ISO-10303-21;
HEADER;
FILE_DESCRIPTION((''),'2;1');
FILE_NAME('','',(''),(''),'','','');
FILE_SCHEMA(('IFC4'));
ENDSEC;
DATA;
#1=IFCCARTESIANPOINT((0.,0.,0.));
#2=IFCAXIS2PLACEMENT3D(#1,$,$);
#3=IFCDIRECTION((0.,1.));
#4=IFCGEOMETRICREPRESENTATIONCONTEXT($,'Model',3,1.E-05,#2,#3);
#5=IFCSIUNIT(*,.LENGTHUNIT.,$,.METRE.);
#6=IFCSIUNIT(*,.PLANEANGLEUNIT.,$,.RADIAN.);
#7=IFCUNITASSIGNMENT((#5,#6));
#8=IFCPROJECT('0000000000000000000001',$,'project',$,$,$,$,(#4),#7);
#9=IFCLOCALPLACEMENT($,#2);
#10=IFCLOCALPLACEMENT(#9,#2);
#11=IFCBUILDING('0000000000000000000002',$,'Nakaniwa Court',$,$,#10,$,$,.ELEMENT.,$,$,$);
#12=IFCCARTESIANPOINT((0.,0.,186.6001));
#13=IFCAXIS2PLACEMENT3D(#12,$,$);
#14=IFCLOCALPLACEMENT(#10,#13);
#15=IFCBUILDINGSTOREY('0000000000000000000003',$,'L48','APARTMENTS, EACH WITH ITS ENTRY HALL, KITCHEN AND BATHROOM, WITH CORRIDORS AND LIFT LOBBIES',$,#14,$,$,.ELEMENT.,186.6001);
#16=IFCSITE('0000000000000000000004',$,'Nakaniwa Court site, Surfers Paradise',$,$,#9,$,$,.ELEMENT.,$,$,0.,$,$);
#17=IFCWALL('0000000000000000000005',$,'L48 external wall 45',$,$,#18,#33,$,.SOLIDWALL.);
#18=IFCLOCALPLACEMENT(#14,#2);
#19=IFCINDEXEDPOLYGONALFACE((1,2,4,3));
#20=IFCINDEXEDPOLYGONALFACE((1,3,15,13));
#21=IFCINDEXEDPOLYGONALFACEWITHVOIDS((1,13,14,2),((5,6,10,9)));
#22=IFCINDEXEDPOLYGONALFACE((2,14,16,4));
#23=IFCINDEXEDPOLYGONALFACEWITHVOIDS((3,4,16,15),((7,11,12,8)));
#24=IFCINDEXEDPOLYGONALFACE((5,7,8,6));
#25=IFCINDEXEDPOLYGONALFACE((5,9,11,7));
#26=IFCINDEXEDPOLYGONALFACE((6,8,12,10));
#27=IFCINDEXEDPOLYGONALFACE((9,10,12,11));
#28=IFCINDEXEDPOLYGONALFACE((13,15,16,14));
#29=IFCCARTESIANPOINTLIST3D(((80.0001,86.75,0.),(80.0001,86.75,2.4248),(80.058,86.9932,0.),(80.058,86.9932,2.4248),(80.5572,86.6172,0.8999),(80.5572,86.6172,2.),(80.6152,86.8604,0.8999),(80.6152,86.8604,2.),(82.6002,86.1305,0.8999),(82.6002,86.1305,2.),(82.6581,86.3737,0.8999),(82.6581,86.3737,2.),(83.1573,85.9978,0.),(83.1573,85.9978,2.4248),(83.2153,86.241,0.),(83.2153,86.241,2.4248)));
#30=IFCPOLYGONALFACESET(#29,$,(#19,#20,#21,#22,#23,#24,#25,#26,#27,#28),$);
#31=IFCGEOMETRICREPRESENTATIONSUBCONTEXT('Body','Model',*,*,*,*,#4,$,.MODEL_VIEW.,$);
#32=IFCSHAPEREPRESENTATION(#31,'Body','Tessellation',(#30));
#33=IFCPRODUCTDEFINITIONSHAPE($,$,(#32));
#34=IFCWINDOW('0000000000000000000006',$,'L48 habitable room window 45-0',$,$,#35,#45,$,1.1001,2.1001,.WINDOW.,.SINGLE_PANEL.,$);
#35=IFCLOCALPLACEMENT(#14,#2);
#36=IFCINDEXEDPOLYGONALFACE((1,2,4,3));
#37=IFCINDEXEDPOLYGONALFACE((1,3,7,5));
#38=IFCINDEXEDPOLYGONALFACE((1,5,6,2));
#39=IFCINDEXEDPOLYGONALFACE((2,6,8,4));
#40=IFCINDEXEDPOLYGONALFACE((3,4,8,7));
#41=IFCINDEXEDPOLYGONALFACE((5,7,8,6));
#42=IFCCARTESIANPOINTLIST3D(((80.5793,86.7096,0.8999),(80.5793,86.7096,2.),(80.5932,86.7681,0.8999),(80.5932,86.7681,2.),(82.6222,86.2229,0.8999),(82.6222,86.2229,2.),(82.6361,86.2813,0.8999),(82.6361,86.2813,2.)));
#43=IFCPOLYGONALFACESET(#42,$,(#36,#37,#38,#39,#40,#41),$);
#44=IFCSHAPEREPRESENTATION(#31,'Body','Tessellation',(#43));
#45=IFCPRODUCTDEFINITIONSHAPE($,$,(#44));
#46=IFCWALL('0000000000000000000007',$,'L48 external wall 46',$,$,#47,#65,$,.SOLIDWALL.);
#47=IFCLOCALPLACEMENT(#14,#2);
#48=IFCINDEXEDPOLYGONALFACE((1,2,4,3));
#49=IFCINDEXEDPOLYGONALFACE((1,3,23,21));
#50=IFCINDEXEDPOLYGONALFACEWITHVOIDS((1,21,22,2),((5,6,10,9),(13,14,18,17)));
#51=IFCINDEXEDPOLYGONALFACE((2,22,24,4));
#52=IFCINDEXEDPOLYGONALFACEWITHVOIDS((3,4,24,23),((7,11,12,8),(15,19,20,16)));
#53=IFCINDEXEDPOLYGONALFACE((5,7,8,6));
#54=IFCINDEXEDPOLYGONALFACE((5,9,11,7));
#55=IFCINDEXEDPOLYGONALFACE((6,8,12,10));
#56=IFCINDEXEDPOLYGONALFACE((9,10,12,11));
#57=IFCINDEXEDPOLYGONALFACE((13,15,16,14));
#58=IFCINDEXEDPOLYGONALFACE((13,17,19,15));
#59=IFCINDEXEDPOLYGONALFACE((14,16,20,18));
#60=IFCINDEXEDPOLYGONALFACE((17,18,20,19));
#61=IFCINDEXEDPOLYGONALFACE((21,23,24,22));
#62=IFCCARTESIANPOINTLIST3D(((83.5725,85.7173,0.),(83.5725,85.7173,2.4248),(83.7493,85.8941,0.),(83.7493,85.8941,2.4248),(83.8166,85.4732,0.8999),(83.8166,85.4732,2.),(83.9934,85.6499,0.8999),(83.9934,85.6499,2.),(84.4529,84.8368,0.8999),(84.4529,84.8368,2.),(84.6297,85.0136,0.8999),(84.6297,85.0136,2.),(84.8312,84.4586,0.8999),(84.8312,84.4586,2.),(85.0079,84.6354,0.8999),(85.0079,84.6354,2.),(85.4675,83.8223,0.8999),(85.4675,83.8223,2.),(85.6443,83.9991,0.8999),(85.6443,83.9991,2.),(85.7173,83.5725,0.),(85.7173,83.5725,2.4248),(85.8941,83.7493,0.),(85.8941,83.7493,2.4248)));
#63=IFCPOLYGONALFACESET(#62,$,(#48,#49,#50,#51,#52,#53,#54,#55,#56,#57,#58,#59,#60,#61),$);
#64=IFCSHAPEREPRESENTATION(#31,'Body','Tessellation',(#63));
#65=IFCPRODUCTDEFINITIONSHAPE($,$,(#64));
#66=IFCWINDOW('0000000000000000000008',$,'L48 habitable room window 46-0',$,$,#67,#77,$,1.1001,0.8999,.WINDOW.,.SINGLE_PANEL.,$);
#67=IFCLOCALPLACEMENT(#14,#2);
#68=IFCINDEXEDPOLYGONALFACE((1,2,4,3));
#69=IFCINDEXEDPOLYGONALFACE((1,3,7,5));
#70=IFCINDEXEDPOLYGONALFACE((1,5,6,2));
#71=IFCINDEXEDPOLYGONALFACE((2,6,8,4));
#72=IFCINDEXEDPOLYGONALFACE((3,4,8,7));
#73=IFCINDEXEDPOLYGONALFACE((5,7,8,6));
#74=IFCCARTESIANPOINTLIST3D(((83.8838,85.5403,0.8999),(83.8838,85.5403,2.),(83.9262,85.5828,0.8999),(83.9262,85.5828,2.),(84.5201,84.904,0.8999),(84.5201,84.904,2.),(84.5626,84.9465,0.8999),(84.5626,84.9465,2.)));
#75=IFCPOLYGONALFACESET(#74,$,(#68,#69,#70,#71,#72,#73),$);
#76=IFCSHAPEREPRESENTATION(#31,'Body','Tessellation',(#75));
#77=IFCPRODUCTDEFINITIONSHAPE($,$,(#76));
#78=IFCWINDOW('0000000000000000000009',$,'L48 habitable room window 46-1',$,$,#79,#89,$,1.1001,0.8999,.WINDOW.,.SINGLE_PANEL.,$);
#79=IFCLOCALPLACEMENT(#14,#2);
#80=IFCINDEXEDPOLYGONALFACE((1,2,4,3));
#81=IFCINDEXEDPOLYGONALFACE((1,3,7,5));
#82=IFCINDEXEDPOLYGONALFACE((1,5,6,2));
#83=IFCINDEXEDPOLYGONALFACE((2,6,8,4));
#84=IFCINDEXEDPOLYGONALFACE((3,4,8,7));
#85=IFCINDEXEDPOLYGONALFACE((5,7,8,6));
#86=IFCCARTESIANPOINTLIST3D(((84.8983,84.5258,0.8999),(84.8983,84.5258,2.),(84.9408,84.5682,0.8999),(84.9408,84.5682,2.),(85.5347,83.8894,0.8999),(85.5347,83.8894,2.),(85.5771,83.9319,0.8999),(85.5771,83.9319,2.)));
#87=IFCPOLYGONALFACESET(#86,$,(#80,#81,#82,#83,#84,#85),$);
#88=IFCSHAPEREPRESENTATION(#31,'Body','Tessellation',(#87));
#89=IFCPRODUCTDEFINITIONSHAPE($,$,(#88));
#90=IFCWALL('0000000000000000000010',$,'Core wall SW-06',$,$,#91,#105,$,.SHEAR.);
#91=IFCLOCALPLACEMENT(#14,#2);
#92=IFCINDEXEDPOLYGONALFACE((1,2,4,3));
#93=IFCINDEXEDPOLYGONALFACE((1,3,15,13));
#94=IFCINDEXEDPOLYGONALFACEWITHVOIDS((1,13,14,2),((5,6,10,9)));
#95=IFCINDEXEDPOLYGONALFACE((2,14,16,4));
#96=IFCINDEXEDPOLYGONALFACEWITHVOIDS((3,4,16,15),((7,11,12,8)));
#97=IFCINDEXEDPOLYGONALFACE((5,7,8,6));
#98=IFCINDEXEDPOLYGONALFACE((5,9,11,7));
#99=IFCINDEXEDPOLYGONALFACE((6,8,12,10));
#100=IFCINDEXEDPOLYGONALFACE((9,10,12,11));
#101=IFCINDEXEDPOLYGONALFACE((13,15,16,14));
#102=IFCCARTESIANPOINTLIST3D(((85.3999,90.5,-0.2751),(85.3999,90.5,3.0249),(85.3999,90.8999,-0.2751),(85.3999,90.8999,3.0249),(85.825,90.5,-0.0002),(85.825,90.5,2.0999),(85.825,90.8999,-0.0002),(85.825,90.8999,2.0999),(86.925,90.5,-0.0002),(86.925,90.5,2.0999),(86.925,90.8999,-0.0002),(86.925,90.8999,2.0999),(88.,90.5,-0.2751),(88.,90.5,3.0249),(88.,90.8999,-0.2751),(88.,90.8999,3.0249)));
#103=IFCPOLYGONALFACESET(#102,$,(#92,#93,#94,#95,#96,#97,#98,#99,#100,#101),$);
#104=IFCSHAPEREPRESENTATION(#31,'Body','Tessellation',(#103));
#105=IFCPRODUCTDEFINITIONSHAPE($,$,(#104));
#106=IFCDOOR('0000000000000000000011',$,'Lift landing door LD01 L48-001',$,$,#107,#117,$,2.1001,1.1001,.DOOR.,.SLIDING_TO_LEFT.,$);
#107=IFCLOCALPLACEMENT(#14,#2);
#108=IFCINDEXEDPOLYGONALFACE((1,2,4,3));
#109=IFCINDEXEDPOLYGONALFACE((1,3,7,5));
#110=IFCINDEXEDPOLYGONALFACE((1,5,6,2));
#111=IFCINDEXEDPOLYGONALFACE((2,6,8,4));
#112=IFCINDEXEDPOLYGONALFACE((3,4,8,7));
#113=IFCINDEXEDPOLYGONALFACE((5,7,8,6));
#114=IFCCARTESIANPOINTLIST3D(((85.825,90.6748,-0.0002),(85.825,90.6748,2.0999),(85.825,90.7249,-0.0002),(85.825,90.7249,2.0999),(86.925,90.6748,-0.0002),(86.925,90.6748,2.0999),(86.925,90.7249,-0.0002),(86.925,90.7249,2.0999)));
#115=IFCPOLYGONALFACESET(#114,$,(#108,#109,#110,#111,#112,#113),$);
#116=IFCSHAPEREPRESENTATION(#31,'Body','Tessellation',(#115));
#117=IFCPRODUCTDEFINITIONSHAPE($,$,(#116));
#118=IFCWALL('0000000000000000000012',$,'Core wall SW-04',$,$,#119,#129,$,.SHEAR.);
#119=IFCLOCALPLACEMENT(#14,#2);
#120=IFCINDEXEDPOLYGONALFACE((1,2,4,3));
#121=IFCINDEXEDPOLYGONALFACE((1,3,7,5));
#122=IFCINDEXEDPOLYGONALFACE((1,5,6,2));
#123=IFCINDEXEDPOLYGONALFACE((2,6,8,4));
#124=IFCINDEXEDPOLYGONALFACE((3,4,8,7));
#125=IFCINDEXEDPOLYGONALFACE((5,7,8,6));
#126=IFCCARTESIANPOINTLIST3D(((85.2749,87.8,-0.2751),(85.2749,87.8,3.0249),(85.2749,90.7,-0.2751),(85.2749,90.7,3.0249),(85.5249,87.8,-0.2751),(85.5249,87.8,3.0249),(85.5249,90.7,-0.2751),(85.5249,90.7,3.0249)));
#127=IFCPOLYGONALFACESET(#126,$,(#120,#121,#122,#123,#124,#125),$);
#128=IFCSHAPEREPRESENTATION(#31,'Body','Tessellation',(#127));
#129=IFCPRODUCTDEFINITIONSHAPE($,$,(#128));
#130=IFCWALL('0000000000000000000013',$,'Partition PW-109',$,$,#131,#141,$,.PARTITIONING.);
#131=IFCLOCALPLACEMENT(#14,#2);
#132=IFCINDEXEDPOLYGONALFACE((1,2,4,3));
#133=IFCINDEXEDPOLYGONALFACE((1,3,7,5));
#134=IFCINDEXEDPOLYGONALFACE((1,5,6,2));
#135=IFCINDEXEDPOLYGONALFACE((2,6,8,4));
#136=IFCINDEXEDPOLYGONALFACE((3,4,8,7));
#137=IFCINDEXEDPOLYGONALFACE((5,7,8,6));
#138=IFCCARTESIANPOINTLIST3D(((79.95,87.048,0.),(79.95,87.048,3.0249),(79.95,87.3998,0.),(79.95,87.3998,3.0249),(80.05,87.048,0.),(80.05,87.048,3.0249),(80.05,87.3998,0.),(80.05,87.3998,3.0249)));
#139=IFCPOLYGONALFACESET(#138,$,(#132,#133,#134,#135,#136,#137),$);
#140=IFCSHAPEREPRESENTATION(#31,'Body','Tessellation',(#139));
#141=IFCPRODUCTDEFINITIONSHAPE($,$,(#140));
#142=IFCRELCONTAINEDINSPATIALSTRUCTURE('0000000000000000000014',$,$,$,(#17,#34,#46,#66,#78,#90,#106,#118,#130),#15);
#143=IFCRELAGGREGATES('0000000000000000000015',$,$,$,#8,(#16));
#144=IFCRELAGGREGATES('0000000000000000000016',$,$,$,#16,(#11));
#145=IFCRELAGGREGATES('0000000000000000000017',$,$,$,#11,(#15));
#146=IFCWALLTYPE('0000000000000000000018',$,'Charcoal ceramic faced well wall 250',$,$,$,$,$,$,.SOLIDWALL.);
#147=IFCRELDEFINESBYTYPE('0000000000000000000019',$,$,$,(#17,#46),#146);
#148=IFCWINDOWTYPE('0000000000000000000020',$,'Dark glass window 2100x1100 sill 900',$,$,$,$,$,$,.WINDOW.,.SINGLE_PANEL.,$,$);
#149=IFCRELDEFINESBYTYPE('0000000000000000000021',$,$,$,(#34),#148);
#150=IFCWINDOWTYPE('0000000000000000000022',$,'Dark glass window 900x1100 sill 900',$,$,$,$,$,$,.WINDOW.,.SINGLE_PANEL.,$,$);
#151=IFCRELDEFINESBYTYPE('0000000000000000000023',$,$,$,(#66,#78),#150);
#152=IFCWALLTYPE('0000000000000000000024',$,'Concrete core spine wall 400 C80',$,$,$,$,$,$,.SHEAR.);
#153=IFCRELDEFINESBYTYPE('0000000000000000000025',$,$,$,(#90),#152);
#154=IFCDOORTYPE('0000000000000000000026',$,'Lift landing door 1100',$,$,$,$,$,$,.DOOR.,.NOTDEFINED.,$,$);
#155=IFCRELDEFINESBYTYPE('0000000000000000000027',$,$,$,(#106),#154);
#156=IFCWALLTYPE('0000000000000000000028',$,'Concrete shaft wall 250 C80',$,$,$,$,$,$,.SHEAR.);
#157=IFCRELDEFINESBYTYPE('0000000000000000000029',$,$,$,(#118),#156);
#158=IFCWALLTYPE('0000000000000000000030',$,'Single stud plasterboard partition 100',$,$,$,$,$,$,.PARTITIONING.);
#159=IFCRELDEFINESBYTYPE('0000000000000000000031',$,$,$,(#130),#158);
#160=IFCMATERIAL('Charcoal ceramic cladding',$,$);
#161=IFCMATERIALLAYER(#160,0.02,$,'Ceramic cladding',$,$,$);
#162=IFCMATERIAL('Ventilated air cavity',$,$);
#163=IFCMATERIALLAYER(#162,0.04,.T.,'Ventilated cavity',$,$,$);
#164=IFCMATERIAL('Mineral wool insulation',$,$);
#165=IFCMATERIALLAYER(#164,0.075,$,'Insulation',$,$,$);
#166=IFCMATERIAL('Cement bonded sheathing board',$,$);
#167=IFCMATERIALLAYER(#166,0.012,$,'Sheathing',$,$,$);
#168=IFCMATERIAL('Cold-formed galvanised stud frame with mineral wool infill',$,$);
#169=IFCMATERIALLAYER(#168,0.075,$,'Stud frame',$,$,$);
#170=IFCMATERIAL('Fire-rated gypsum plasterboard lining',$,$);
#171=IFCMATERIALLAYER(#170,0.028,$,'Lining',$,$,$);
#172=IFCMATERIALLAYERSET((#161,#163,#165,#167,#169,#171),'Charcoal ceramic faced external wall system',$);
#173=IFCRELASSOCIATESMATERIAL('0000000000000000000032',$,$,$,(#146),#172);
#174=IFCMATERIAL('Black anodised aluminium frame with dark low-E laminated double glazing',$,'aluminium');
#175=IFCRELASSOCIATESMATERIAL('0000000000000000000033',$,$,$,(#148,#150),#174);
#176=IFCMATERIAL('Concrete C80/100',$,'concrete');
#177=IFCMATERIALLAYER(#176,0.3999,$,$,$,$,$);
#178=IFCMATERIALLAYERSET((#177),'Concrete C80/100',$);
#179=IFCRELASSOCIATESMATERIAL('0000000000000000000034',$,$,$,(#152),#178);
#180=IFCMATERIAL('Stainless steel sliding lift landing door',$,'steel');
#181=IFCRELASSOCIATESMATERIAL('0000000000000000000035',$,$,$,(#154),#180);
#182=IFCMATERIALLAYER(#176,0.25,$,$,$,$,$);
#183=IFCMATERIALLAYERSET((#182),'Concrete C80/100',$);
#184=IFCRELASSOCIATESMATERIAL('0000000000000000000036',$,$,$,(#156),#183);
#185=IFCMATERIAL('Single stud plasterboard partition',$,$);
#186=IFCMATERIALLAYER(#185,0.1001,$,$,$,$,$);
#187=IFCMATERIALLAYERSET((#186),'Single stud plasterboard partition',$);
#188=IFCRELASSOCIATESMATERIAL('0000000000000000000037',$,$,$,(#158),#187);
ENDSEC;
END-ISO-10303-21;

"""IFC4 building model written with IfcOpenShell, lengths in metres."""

from ifc_helpers import new_model, si_unit, direction, frame, frame_2d, origin, place, context, subcontext, project, spatial, rectangle, extrude, material, layer, layer_set, type_object, element, fill, save


model = new_model("IFC4")

# Units and contexts
model_context = context("Model", 3, precision=1e-05, world=origin(), true_north=direction((0.0, 1.0)))
body_context = subcontext(model_context, "Body", "Model", "MODEL_VIEW")
ifc_project = project(units=[si_unit("LENGTHUNIT", "METRE"), si_unit("PLANEANGLEUNIT", "RADIAN")], contexts=[model_context])

# Site, building, storey
site_placement = place(None, origin())
site = spatial("IfcSite", under=ifc_project, at=site_placement, Name="Nakaniwa Court site, Surfers Paradise", CompositionType="ELEMENT", RefElevation=0.0)
building_placement = place(site_placement, origin())
building = spatial("IfcBuilding", under=site, at=building_placement, Name="Nakaniwa Court", CompositionType="ELEMENT")
storey_placement = place(building_placement, frame((0.0, 0.0, 186.6001)))
storey = spatial("IfcBuildingStorey", under=building, at=storey_placement, Name="L48", Description="APARTMENTS, EACH WITH ITS ENTRY HALL, KITCHEN AND BATHROOM, WITH CORRIDORS AND LIFT LOBBIES", CompositionType="ELEMENT", Elevation=186.6001)

# Shared definitions
ifc_material_1 = material(Name="Concrete C80/100", Category="concrete")

# Wall, opening, window
ifc_material_2 = material(Name="Charcoal ceramic cladding")
ifc_layer_1 = layer(ifc_material_2, 0.02, Name="Ceramic cladding")
ifc_material_3 = material(Name="Ventilated air cavity")
ifc_layer_2 = layer(ifc_material_3, 0.04, ventilated=True, Name="Ventilated cavity")
ifc_material_4 = material(Name="Mineral wool insulation")
ifc_layer_3 = layer(ifc_material_4, 0.075, Name="Insulation")
ifc_material_5 = material(Name="Cement bonded sheathing board")
ifc_layer_4 = layer(ifc_material_5, 0.012, Name="Sheathing")
ifc_material_6 = material(Name="Cold-formed galvanised stud frame with mineral wool infill")
ifc_layer_5 = layer(ifc_material_6, 0.075, Name="Stud frame")
ifc_material_7 = material(Name="Fire-rated gypsum plasterboard lining")
ifc_layer_6 = layer(ifc_material_7, 0.028, Name="Lining")
ifc_layer_set_1 = layer_set([ifc_layer_1, ifc_layer_2, ifc_layer_3, ifc_layer_4, ifc_layer_5, ifc_layer_6], Name="Charcoal ceramic faced external wall system")
wall_type_1 = type_object("IfcWallType", Name="Charcoal ceramic faced well wall 250", PredefinedType="SOLIDWALL", material=ifc_layer_set_1)
wall_1_placement = place(storey_placement, frame((80.0291, 86.8716, 0.0), z_axis=(0.0, 0.0, 1.0), x_axis=(0.972773, -0.23176, 0.0)))
wall_1 = element("IfcWall", 1, at=wall_1_placement, inside=storey, type_object=wall_type_1, Name="L48 external wall 45", PredefinedType="SOLIDWALL", context=body_context, shape_type="SweptSolid", body=[
    extrude(rectangle(XDim=3.2456, YDim=0.25, at=frame_2d((1.6228, 0.0))), origin(), (0.0, 0.0, 1.0), 2.4248),
])
opening_1_placement = place(wall_1_placement, frame((0.5728, 0.0, 0.8999)))
opening_1 = element("IfcOpeningElement", 2, at=opening_1_placement, cuts=wall_1, PredefinedType="OPENING", context=body_context, shape_type="SweptSolid", body=[
    extrude(rectangle(XDim=2.1001, YDim=1.1001, at=frame_2d((1.05, 0.55))), frame((0.0, 0.135, 0.0), z_axis=(0.0, -1.0, 0.0), x_axis=(1.0, 0.0, 0.0)), (0.0, 0.0, 1.0), 0.27),
])
ifc_material_8 = material(Name="Black anodised aluminium frame with dark low-E laminated double glazing", Category="aluminium")
window_type_1 = type_object("IfcWindowType", Name="Dark glass window 2100x1100 sill 900", PartitioningType="SINGLE_PANEL", PredefinedType="WINDOW", material=ifc_material_8)
window_1_placement = place(opening_1_placement, origin())
window_1 = element("IfcWindow", 3, at=window_1_placement, inside=storey, type_object=window_type_1, Name="L48 habitable room window 45-0", OverallHeight=1.1001, OverallWidth=2.1001, PartitioningType="SINGLE_PANEL", PredefinedType="WINDOW", context=body_context, shape_type="SweptSolid", body=[
    extrude(rectangle(XDim=2.1001, YDim=1.1001, at=frame_2d((1.05, 0.55))), frame((0.0, 0.03, 0.0), z_axis=(0.0, -1.0, 0.0), x_axis=(1.0, 0.0, 0.0)), (0.0, 0.0, 1.0), 0.0601),
])
fill(opening_1, window_1)

# Wall, openings, windows
wall_2_placement = place(storey_placement, frame((83.6609, 85.8057, 0.0), z_axis=(0.0, 0.0, 1.0), x_axis=(0.707107, -0.707107, 0.0)))
wall_2 = element("IfcWall", 4, at=wall_2_placement, inside=storey, type_object=wall_type_1, Name="L48 external wall 46", PredefinedType="SOLIDWALL", context=body_context, shape_type="SweptSolid", body=[
    extrude(rectangle(XDim=3.0332, YDim=0.25, at=frame_2d((1.5166, 0.0))), origin(), (0.0, 0.0, 1.0), 2.4248),
])
opening_2_placement = place(wall_2_placement, frame((0.3452, 0.0, 0.8999)))
opening_2 = element("IfcOpeningElement", 5, at=opening_2_placement, cuts=wall_2, PredefinedType="OPENING", context=body_context, shape_type="SweptSolid", body=[
    extrude(rectangle(XDim=0.8999, YDim=1.1001, at=frame_2d((0.45, 0.55))), frame((0.0, 0.135, 0.0), z_axis=(0.0, -1.0, 0.0), x_axis=(1.0, 0.0, 0.0)), (0.0, 0.0, 1.0), 0.27),
])
opening_3_placement = place(wall_2_placement, frame((1.78, 0.0, 0.8999)))
opening_3 = element("IfcOpeningElement", 6, at=opening_3_placement, cuts=wall_2, PredefinedType="OPENING", context=body_context, shape_type="SweptSolid", body=[
    extrude(rectangle(XDim=0.8999, YDim=1.1001, at=frame_2d((0.45, 0.55))), frame((0.0, 0.135, 0.0), z_axis=(0.0, -1.0, 0.0), x_axis=(1.0, 0.0, 0.0)), (0.0, 0.0, 1.0), 0.27),
])
window_type_2 = type_object("IfcWindowType", Name="Dark glass window 900x1100 sill 900", PartitioningType="SINGLE_PANEL", PredefinedType="WINDOW", material=ifc_material_8)
window_2_placement = place(opening_2_placement, origin())
window_2 = element("IfcWindow", 7, at=window_2_placement, inside=storey, type_object=window_type_2, Name="L48 habitable room window 46-0", OverallHeight=1.1001, OverallWidth=0.8999, PartitioningType="SINGLE_PANEL", PredefinedType="WINDOW", context=body_context, shape_type="SweptSolid", body=[
    extrude(rectangle(XDim=0.8999, YDim=1.1001, at=frame_2d((0.45, 0.55))), frame((0.0, 0.03, 0.0), z_axis=(0.0, -1.0, 0.0), x_axis=(1.0, 0.0, 0.0)), (0.0, 0.0, 1.0), 0.0601),
])
fill(opening_2, window_2)
window_3_placement = place(opening_3_placement, origin())
window_3 = element("IfcWindow", 8, at=window_3_placement, inside=storey, type_object=window_type_2, Name="L48 habitable room window 46-1", OverallHeight=1.1001, OverallWidth=0.8999, PartitioningType="SINGLE_PANEL", PredefinedType="WINDOW", context=body_context, shape_type="SweptSolid", body=[
    extrude(rectangle(XDim=0.8999, YDim=1.1001, at=frame_2d((0.45, 0.55))), frame((0.0, 0.03, 0.0), z_axis=(0.0, -1.0, 0.0), x_axis=(1.0, 0.0, 0.0)), (0.0, 0.0, 1.0), 0.0601),
])
fill(opening_3, window_3)

# Wall, opening, door
ifc_layer_7 = layer(ifc_material_1, 0.3999)
ifc_layer_set_2 = layer_set([ifc_layer_7], Name="Concrete C80/100")
wall_type_2 = type_object("IfcWallType", Name="Concrete core spine wall 400 C80", PredefinedType="SHEAR", material=ifc_layer_set_2)
wall_3_placement = place(storey_placement, frame((85.3999, 90.7, -0.2751), z_axis=(0.0, 0.0, 1.0), x_axis=(1.0, 0.0, 0.0)))
wall_3 = element("IfcWall", 9, at=wall_3_placement, inside=storey, type_object=wall_type_2, Name="Core wall SW-06", PredefinedType="SHEAR", context=body_context, shape_type="SweptSolid", body=[
    extrude(rectangle(XDim=2.6001, YDim=0.3999, at=frame_2d((1.3, 0.0))), origin(), (0.0, 0.0, 1.0), 3.3),
])
opening_4_placement = place(wall_3_placement, frame((0.425, 0.0, 0.2749)))
opening_4 = element("IfcOpeningElement", 10, at=opening_4_placement, cuts=wall_3, PredefinedType="OPENING", context=body_context, shape_type="SweptSolid", body=[
    extrude(rectangle(XDim=1.1001, YDim=2.1001, at=frame_2d((0.55, 1.05))), frame((0.0, 0.21, 0.0), z_axis=(0.0, -1.0, 0.0), x_axis=(1.0, 0.0, 0.0)), (0.0, 0.0, 1.0), 0.4199),
])
ifc_material_9 = material(Name="Stainless steel sliding lift landing door", Category="steel")
door_type_1 = type_object("IfcDoorType", Name="Lift landing door 1100", OperationType="NOTDEFINED", PredefinedType="DOOR", material=ifc_material_9)
door_1_placement = place(opening_4_placement, origin())
door_1 = element("IfcDoor", 11, at=door_1_placement, inside=storey, type_object=door_type_1, Name="Lift landing door LD01 L48-001", OperationType="SLIDING_TO_LEFT", OverallHeight=2.1001, OverallWidth=1.1001, PredefinedType="DOOR", context=body_context, shape_type="SweptSolid", body=[
    extrude(rectangle(XDim=1.1001, YDim=2.1001, at=frame_2d((0.55, 1.05))), frame((0.0, 0.0249, 0.0), z_axis=(0.0, -1.0, 0.0), x_axis=(1.0, 0.0, 0.0)), (0.0, 0.0, 1.0), 0.05),
])
fill(opening_4, door_1)

# Walls
ifc_layer_8 = layer(ifc_material_1, 0.25)
ifc_layer_set_3 = layer_set([ifc_layer_8], Name="Concrete C80/100")
wall_type_3 = type_object("IfcWallType", Name="Concrete shaft wall 250 C80", PredefinedType="SHEAR", material=ifc_layer_set_3)
wall_4_placement = place(storey_placement, frame((85.3999, 87.8, -0.2751), z_axis=(0.0, 0.0, 1.0), x_axis=(0.0, 1.0, 0.0)))
element("IfcWall", 12, at=wall_4_placement, inside=storey, type_object=wall_type_3, Name="Core wall SW-04", PredefinedType="SHEAR", context=body_context, shape_type="SweptSolid", body=[
    extrude(rectangle(XDim=2.8999, YDim=0.25, at=frame_2d((1.45, 0.0))), origin(), (0.0, 0.0, 1.0), 3.3),
])
ifc_material_10 = material(Name="Single stud plasterboard partition")
ifc_layer_9 = layer(ifc_material_10, 0.1001)
ifc_layer_set_4 = layer_set([ifc_layer_9], Name="Single stud plasterboard partition")
wall_type_4 = type_object("IfcWallType", Name="Single stud plasterboard partition 100", PredefinedType="PARTITIONING", material=ifc_layer_set_4)
wall_5_placement = place(storey_placement, frame((80.0, 87.0481, 0.0), z_axis=(0.0, 0.0, 1.0), x_axis=(0.0, 1.0, 0.0)))
element("IfcWall", 13, at=wall_5_placement, inside=storey, type_object=wall_type_4, Name="Partition PW-109", PredefinedType="PARTITIONING", context=body_context, shape_type="SweptSolid", body=[
    extrude(rectangle(XDim=0.3518, YDim=0.1001, at=frame_2d((0.1758, 0.0))), origin(), (0.0, 0.0, 1.0), 3.0249),
])

save(model, "model.ifc")
